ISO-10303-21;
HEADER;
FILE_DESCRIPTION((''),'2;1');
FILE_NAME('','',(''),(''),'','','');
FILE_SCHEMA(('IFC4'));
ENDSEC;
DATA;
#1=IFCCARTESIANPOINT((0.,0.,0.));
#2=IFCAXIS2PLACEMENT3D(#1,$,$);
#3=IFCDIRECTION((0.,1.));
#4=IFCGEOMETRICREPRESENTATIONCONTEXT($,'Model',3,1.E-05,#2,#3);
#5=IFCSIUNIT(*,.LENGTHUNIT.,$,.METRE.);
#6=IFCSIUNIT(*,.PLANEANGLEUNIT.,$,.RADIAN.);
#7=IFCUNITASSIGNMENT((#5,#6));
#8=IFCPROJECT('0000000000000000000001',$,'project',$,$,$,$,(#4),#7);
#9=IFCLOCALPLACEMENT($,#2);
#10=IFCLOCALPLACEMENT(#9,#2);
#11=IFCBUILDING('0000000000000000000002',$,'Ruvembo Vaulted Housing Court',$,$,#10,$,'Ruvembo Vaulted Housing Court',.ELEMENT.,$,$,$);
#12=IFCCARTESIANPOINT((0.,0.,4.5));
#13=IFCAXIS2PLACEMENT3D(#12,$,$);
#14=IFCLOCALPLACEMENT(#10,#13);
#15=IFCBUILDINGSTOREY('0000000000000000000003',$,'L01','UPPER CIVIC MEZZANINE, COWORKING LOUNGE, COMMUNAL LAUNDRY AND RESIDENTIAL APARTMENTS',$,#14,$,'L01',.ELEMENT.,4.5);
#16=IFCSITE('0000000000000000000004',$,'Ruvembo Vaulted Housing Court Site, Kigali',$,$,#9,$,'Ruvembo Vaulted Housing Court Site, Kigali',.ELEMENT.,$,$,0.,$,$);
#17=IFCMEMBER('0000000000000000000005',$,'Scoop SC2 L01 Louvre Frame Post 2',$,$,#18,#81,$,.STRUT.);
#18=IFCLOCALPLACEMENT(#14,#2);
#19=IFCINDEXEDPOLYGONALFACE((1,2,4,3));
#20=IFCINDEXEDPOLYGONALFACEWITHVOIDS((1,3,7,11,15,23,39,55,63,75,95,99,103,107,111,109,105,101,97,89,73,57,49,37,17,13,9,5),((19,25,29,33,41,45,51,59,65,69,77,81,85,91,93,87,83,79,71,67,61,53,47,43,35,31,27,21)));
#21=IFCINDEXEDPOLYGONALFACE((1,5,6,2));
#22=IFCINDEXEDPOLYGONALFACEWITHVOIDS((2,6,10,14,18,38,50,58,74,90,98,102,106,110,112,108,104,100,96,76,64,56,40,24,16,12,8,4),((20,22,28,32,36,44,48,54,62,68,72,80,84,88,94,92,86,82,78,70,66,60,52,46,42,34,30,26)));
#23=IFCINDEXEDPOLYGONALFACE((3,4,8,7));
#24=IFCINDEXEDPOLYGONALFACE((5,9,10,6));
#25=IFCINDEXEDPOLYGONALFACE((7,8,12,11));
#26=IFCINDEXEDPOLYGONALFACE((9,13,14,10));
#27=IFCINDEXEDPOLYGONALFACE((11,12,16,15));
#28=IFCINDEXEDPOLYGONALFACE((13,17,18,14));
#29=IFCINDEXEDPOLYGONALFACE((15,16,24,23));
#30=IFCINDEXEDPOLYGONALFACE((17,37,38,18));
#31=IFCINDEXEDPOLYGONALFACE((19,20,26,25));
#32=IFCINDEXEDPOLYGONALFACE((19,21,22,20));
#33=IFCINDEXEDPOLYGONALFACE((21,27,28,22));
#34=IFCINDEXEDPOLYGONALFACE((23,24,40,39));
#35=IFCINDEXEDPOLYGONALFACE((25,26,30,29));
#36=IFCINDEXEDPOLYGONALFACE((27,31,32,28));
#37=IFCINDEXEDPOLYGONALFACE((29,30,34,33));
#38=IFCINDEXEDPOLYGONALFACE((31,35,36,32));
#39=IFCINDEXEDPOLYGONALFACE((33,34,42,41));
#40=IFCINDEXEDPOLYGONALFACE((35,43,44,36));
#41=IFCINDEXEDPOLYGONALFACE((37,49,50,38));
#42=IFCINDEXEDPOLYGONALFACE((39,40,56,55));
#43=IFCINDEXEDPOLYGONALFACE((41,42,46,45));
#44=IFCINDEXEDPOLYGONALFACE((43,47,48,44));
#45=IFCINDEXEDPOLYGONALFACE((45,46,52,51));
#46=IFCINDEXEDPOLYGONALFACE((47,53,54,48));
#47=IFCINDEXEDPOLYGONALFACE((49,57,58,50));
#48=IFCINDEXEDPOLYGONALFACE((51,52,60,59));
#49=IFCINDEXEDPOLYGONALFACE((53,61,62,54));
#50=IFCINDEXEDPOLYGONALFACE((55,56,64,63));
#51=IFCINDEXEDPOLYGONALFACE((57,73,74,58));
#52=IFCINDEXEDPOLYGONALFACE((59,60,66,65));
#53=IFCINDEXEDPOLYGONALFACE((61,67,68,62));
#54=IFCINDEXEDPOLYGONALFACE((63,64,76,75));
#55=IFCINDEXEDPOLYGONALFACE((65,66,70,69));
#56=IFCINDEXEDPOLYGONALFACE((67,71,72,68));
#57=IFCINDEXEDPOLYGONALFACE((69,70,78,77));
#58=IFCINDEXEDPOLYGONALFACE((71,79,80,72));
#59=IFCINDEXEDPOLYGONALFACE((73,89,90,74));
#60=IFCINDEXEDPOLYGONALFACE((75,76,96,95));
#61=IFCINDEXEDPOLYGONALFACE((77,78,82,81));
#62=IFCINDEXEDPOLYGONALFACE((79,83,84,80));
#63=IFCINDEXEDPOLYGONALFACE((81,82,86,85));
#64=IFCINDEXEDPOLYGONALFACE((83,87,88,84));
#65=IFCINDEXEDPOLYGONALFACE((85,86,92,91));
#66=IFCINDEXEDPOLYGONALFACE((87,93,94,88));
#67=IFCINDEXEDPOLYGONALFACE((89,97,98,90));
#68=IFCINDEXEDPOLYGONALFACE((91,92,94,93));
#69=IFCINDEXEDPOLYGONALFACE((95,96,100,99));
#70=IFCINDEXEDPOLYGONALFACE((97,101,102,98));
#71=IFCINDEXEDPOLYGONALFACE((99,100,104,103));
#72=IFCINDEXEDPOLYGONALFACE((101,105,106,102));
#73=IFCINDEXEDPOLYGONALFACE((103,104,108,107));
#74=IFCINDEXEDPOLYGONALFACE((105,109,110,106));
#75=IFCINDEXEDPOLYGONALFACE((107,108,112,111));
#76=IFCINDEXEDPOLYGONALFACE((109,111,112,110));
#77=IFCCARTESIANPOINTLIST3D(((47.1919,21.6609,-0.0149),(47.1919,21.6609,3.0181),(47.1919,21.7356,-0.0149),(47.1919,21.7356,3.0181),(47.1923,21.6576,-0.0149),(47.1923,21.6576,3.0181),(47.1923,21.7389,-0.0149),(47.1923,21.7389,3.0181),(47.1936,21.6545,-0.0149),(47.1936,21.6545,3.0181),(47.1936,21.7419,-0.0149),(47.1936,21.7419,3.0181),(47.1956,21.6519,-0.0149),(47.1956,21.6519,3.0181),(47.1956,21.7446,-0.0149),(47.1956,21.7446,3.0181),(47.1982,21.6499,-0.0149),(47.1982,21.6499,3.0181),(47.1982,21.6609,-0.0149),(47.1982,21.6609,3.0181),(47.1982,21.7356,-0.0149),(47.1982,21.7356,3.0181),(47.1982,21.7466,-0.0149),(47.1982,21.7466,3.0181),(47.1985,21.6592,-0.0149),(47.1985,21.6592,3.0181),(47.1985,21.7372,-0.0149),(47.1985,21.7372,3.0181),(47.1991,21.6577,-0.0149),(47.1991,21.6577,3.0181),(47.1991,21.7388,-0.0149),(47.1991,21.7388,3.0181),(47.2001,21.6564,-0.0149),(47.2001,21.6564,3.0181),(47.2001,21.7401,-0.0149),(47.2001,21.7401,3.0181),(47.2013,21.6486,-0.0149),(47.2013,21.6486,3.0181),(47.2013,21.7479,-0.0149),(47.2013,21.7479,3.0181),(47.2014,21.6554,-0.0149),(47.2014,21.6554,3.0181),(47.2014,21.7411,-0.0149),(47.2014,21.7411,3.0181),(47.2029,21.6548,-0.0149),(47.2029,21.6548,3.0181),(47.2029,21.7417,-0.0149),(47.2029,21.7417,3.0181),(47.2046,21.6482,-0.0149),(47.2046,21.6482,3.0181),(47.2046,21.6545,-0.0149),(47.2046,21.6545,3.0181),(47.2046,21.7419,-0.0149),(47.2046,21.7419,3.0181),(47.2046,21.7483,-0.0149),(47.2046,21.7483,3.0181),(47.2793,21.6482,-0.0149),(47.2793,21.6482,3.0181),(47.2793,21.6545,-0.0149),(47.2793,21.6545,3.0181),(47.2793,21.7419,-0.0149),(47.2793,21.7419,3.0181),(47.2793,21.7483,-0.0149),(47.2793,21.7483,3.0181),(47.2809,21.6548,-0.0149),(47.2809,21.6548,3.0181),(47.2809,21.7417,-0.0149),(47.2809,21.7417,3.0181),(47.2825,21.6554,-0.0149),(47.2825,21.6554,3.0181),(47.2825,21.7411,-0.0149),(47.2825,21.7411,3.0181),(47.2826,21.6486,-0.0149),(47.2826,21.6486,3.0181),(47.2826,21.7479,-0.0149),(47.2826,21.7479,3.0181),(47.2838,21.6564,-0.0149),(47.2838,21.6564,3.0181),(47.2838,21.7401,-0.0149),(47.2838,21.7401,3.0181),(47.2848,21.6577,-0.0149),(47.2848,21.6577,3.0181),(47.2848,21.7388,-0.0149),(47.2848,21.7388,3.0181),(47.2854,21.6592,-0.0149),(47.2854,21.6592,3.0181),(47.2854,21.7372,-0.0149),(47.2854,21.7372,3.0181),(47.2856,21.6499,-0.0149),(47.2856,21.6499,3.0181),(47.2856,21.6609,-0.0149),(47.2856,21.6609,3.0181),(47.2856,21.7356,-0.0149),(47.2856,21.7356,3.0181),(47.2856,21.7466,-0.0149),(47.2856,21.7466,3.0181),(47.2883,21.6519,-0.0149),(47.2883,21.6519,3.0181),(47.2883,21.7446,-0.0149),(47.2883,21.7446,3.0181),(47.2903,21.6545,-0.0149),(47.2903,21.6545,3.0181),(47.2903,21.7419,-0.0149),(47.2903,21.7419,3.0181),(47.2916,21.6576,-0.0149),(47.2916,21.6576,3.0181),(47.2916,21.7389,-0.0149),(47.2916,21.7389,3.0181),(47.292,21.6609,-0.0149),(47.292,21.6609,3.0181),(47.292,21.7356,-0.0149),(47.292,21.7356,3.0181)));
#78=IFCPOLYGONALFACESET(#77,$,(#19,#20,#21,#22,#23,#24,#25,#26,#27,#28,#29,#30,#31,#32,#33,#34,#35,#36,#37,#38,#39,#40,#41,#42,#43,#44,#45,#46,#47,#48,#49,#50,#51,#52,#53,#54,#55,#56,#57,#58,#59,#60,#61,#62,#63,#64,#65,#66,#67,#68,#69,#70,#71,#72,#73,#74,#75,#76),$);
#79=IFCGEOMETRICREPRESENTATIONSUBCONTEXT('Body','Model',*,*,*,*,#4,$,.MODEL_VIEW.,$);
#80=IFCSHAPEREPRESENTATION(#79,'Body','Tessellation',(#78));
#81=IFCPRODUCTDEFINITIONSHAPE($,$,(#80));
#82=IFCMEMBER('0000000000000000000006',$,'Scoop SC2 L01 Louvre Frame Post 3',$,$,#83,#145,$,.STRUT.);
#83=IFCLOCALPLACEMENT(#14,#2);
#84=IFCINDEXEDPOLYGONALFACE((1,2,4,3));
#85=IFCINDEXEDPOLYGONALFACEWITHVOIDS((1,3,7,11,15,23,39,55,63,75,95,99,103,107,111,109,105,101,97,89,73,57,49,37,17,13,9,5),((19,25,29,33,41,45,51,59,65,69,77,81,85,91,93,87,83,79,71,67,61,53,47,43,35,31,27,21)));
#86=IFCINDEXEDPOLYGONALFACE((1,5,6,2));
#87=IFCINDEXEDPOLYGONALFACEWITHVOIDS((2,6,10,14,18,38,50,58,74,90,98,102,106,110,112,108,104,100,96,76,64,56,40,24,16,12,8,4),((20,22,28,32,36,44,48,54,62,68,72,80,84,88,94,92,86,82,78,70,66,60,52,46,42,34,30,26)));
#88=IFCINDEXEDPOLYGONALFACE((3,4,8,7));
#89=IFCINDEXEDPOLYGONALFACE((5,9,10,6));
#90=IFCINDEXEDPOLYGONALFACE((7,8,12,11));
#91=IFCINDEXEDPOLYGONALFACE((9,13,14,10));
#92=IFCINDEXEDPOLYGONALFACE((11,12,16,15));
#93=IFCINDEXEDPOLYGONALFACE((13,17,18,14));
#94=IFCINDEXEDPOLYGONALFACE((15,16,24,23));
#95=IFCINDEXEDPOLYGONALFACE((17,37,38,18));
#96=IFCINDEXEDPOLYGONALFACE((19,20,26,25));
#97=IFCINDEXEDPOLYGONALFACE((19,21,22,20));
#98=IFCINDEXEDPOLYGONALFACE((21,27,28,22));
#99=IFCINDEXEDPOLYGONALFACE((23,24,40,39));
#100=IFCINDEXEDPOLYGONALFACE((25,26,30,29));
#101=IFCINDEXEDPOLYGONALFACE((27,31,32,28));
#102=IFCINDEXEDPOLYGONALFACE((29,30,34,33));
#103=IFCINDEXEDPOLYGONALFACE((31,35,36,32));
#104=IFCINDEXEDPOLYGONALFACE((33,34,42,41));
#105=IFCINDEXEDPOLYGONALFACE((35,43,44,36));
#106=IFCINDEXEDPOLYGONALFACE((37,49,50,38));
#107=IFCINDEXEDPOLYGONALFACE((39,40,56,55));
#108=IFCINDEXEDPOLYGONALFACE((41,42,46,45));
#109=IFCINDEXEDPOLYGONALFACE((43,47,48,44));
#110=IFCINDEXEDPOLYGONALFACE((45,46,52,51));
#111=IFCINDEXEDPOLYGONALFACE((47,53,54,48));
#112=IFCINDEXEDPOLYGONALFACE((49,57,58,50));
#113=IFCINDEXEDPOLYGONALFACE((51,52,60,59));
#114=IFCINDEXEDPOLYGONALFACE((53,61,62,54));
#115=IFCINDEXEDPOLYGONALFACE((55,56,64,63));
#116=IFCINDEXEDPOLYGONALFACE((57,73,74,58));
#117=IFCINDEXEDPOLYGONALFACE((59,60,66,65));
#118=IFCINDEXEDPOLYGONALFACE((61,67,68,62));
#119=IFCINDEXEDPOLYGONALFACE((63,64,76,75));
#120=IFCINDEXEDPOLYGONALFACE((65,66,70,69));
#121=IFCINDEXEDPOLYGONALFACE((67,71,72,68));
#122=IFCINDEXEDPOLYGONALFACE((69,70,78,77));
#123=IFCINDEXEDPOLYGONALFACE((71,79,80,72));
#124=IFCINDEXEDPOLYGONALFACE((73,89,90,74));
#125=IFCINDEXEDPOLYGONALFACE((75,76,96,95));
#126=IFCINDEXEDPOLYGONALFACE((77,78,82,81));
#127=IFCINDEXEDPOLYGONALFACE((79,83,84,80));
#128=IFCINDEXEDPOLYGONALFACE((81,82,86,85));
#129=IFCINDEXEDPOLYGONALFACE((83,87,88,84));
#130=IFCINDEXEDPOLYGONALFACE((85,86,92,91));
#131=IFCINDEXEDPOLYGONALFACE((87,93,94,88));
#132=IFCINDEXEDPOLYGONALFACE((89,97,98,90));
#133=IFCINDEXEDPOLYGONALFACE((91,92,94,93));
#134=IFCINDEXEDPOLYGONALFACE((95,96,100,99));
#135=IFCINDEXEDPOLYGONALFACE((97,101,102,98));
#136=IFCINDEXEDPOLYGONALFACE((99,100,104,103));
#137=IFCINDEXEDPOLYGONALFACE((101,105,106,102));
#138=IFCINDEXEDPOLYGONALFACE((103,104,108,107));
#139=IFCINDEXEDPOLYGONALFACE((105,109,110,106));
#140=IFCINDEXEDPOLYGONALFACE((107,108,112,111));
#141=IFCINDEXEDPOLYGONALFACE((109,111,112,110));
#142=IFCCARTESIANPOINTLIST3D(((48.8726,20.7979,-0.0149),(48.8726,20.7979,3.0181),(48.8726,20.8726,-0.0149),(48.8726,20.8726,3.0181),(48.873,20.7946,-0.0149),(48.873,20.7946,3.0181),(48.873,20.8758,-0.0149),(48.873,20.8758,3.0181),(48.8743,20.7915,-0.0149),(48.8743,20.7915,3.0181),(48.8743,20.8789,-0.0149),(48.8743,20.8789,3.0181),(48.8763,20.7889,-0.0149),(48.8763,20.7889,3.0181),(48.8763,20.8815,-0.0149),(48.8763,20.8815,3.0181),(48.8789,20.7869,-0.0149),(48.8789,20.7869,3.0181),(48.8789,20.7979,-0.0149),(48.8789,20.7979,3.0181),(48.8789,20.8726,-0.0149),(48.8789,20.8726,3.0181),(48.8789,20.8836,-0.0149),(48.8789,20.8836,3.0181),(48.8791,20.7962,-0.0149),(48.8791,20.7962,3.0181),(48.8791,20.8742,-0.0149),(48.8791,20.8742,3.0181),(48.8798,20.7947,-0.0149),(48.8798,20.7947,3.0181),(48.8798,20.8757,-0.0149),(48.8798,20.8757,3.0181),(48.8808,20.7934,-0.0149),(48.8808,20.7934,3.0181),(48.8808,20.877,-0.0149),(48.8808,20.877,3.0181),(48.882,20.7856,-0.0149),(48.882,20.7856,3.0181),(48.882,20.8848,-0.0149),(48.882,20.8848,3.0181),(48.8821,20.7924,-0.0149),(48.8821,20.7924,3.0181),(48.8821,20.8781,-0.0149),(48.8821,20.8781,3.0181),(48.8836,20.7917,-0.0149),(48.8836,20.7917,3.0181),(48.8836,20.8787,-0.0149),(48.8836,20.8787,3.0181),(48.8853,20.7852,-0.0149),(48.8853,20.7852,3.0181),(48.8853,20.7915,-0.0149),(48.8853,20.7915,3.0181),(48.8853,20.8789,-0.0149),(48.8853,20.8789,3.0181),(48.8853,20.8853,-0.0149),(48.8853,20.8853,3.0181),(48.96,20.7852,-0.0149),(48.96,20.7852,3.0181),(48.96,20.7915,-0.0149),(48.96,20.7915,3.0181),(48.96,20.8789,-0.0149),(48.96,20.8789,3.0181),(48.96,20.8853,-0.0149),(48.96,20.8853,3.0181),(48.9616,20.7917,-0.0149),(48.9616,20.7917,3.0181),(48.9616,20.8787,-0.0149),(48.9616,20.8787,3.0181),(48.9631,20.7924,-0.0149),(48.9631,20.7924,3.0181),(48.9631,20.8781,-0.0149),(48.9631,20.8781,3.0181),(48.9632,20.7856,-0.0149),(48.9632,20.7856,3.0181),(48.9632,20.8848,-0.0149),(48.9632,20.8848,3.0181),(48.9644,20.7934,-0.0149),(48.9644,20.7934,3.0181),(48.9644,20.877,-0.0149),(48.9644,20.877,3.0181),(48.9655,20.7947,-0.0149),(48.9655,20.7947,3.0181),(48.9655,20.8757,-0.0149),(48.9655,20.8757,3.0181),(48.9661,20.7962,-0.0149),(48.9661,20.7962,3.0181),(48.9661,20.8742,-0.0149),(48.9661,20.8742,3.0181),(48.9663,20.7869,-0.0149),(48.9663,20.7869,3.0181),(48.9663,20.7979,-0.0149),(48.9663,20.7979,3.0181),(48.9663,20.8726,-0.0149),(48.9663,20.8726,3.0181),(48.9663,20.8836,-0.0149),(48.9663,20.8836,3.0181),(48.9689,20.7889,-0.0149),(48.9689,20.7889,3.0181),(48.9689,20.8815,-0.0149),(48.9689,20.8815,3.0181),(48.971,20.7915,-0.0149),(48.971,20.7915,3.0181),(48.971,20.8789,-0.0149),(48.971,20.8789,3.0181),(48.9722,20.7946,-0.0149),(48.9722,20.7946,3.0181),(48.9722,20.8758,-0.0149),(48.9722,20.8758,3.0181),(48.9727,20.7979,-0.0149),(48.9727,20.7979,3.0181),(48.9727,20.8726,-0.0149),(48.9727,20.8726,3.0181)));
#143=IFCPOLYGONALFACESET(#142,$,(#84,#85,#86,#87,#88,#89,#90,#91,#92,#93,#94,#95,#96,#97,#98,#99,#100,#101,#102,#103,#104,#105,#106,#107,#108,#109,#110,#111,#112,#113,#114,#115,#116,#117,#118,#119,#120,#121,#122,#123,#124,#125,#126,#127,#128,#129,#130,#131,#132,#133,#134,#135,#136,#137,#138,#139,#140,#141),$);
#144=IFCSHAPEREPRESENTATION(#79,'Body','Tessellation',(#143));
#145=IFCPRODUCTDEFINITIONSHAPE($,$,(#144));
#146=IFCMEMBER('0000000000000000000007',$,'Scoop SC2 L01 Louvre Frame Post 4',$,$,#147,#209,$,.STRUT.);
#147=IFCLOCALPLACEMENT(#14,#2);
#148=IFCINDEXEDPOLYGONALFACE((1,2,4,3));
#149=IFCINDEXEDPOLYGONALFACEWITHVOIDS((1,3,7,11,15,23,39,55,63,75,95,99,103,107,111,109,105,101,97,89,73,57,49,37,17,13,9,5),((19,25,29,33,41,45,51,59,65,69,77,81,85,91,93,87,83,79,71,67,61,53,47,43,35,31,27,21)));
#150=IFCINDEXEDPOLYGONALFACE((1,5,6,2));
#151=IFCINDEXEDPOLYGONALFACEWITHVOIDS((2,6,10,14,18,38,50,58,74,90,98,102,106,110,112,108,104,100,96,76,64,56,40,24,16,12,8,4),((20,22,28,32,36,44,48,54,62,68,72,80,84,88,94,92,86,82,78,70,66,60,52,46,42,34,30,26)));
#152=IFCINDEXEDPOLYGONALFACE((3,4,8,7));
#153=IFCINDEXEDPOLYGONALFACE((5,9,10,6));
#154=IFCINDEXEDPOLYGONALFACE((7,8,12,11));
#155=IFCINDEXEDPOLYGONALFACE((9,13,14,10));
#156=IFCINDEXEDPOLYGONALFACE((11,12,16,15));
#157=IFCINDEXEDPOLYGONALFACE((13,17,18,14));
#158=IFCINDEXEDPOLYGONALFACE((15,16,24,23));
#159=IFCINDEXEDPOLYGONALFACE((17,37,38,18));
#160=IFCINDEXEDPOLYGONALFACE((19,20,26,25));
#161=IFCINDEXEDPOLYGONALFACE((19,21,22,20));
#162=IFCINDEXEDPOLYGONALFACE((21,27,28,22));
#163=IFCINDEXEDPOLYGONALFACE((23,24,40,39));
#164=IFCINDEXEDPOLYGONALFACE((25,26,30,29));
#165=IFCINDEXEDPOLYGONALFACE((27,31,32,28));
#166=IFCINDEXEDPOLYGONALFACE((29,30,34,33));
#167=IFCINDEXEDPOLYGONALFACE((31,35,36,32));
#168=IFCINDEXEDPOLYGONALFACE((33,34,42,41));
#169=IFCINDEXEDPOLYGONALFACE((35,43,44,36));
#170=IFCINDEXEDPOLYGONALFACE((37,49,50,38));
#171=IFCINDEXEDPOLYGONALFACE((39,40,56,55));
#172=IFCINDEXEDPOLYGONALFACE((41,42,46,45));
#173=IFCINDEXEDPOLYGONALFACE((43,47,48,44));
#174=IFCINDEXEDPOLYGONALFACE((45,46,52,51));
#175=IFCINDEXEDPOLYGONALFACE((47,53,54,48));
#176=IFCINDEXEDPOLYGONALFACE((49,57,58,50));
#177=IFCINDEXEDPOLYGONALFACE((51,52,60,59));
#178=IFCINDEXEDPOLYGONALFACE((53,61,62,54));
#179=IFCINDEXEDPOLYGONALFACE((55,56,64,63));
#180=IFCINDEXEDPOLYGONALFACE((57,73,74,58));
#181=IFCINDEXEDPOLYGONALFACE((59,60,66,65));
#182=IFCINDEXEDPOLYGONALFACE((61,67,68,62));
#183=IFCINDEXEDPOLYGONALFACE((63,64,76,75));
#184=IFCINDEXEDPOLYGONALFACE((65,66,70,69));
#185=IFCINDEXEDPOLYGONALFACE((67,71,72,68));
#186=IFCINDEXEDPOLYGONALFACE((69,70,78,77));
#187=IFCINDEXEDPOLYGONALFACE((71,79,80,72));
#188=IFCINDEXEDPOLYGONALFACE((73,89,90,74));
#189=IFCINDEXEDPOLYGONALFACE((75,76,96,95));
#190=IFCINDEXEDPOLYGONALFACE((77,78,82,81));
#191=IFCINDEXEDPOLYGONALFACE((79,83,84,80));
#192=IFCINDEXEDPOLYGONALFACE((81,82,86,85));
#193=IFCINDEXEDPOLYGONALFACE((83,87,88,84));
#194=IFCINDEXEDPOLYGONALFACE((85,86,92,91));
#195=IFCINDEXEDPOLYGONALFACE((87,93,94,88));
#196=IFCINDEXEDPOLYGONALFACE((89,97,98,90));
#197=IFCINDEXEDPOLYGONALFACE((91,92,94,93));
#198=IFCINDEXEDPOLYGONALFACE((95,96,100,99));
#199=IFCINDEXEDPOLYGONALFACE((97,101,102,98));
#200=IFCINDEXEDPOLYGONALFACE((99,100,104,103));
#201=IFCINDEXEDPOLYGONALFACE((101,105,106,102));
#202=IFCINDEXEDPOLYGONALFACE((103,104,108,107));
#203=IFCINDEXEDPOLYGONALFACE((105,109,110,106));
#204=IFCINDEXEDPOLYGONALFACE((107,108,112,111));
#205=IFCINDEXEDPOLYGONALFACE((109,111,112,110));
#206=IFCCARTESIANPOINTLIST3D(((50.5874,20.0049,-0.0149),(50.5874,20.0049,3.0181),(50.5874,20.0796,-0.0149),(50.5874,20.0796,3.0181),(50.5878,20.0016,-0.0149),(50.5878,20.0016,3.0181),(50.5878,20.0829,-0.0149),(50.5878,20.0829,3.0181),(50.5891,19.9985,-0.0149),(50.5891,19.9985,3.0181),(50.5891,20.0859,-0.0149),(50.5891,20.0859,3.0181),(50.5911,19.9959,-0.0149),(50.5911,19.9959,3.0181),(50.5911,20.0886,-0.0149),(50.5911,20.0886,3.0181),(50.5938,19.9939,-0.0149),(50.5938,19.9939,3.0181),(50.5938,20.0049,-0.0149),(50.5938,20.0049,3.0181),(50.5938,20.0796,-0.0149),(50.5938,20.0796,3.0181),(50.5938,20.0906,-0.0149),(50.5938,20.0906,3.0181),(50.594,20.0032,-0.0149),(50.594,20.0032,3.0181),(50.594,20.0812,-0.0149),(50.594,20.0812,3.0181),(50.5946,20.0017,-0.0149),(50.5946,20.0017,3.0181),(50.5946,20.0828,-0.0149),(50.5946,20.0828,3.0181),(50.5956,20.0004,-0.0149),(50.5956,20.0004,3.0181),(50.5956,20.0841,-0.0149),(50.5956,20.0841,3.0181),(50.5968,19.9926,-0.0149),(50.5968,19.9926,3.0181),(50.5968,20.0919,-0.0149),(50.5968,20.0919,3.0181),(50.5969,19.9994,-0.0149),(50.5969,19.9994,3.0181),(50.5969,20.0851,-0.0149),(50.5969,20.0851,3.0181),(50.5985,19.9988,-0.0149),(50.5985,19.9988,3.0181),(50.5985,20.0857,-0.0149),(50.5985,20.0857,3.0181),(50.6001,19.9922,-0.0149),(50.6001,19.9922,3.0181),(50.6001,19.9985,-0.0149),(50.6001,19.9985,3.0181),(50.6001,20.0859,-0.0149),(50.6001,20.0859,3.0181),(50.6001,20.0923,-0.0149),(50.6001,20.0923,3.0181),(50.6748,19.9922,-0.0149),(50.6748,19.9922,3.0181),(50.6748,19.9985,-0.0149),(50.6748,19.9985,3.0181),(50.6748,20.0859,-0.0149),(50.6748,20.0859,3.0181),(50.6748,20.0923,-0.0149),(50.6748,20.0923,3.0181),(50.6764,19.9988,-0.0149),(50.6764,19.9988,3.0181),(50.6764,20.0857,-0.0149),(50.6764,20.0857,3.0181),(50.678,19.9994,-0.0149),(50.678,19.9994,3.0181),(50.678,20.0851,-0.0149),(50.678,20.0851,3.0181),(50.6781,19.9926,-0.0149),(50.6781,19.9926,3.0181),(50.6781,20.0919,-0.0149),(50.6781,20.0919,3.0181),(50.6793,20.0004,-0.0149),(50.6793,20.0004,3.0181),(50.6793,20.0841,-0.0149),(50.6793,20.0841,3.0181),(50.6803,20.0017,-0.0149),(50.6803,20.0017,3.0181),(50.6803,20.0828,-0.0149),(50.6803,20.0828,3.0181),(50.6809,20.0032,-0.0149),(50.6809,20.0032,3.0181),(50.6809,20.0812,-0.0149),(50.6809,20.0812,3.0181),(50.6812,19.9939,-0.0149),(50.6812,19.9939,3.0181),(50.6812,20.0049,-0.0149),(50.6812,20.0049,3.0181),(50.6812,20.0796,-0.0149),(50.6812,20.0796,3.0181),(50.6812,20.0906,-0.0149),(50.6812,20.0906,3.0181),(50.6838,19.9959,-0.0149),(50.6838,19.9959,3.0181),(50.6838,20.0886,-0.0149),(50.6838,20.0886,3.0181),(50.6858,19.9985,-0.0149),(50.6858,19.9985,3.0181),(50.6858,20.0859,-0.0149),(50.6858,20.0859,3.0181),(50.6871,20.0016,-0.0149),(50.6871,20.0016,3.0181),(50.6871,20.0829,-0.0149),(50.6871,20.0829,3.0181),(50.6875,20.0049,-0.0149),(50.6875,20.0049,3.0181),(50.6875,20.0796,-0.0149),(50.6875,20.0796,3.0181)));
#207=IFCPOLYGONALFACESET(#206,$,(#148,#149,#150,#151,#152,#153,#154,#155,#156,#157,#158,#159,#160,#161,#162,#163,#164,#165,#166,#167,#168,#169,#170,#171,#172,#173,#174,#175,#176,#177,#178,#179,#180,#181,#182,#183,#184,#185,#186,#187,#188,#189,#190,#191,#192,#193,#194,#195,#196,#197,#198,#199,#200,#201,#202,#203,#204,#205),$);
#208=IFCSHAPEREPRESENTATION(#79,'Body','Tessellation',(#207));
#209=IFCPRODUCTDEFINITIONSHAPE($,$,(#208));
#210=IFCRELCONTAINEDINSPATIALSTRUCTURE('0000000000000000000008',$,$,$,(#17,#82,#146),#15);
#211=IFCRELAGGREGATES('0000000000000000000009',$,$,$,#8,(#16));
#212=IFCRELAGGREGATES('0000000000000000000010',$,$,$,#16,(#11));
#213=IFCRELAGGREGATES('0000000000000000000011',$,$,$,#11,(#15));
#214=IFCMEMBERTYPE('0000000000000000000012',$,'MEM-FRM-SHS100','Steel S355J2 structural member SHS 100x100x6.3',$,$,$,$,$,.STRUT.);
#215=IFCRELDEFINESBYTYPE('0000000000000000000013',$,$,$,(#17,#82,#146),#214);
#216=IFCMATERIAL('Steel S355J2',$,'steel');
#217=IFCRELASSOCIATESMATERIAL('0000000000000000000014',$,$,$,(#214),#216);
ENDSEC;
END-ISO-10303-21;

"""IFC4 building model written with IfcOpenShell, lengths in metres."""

from ifc_helpers import new_model, si_unit, direction, frame, origin, origin_2d, place, context, subcontext, project, spatial, hollow_rectangle, extrude, material, material_profile, profile_set, type_object, element, save


model = new_model("IFC4")

# Units and contexts
model_context = context("Model", 3, precision=1e-05, world=origin(), true_north=direction((0.0, 1.0)))
body_context = subcontext(model_context, "Body", "Model", "MODEL_VIEW")
ifc_project = project(units=[si_unit("LENGTHUNIT", "METRE"), si_unit("PLANEANGLEUNIT", "RADIAN")], contexts=[model_context])

# Site, building, storey
site_placement = place(None, origin())
site = spatial("IfcSite", under=ifc_project, at=site_placement, Name="Ruvembo Vaulted Housing Court Site, Kigali", LongName="Ruvembo Vaulted Housing Court Site, Kigali", CompositionType="ELEMENT", RefElevation=0.0)
building_placement = place(site_placement, origin())
building = spatial("IfcBuilding", under=site, at=building_placement, Name="Ruvembo Vaulted Housing Court", LongName="Ruvembo Vaulted Housing Court", CompositionType="ELEMENT")
storey_placement = place(building_placement, frame((0.0, 0.0, 4.5)))
storey = spatial("IfcBuildingStorey", under=building, at=storey_placement, Name="L01", Description="UPPER CIVIC MEZZANINE, COWORKING LOUNGE, COMMUNAL LAUNDRY AND RESIDENTIAL APARTMENTS", LongName="L01", CompositionType="ELEMENT", Elevation=4.5)

# Shared definitions
ifc_material_1 = material(Name="Steel S355J2", Category="steel")

# Members
ifc_material_profile_1 = material_profile(ifc_material_1, hollow_rectangle(XDim=0.1001, YDim=0.1001, WallThickness=0.0063, InnerFilletRadius=0.0063, OuterFilletRadius=0.0127, at=origin_2d()), Name="SHS 100x100x6.3")
ifc_profile_set_1 = profile_set([ifc_material_profile_1], Name="Steel S355J2")
member_type_1 = type_object("IfcMemberType", Name="MEM-FRM-SHS100", Description="Steel S355J2 structural member SHS 100x100x6.3", PredefinedType="STRUT", material=ifc_profile_set_1)
for number, where, z_axis, x_axis, name in (
    (1, (47.2419, 21.6982, -0.0149), (0.0, 0.0, 1.0), (1.0, 0.0, 0.0), "Scoop SC2 L01 Louvre Frame Post 2"),
    (2, (48.9226, 20.8352, -0.0149), (0.0, 0.0, 1.0), (1.0, 0.0, 0.0), "Scoop SC2 L01 Louvre Frame Post 3"),
    (3, (50.6375, 20.0422, -0.0149), (0.0, 0.0, 1.0), (1.0, 0.0, 0.0), "Scoop SC2 L01 Louvre Frame Post 4"),
):
    element("IfcMember", number, at=place(storey_placement, frame(where, z_axis=z_axis, x_axis=x_axis)), inside=storey, type_object=member_type_1, Name=name, PredefinedType="STRUT", context=body_context, shape_type="SweptSolid", body=[
        extrude(hollow_rectangle(XDim=0.1001, YDim=0.1001, WallThickness=0.0063, InnerFilletRadius=0.0063, OuterFilletRadius=0.0127, at=origin_2d()), origin(), (0.0, 0.0, 1.0), 3.033),
    ])

save(model, "model.ifc")
